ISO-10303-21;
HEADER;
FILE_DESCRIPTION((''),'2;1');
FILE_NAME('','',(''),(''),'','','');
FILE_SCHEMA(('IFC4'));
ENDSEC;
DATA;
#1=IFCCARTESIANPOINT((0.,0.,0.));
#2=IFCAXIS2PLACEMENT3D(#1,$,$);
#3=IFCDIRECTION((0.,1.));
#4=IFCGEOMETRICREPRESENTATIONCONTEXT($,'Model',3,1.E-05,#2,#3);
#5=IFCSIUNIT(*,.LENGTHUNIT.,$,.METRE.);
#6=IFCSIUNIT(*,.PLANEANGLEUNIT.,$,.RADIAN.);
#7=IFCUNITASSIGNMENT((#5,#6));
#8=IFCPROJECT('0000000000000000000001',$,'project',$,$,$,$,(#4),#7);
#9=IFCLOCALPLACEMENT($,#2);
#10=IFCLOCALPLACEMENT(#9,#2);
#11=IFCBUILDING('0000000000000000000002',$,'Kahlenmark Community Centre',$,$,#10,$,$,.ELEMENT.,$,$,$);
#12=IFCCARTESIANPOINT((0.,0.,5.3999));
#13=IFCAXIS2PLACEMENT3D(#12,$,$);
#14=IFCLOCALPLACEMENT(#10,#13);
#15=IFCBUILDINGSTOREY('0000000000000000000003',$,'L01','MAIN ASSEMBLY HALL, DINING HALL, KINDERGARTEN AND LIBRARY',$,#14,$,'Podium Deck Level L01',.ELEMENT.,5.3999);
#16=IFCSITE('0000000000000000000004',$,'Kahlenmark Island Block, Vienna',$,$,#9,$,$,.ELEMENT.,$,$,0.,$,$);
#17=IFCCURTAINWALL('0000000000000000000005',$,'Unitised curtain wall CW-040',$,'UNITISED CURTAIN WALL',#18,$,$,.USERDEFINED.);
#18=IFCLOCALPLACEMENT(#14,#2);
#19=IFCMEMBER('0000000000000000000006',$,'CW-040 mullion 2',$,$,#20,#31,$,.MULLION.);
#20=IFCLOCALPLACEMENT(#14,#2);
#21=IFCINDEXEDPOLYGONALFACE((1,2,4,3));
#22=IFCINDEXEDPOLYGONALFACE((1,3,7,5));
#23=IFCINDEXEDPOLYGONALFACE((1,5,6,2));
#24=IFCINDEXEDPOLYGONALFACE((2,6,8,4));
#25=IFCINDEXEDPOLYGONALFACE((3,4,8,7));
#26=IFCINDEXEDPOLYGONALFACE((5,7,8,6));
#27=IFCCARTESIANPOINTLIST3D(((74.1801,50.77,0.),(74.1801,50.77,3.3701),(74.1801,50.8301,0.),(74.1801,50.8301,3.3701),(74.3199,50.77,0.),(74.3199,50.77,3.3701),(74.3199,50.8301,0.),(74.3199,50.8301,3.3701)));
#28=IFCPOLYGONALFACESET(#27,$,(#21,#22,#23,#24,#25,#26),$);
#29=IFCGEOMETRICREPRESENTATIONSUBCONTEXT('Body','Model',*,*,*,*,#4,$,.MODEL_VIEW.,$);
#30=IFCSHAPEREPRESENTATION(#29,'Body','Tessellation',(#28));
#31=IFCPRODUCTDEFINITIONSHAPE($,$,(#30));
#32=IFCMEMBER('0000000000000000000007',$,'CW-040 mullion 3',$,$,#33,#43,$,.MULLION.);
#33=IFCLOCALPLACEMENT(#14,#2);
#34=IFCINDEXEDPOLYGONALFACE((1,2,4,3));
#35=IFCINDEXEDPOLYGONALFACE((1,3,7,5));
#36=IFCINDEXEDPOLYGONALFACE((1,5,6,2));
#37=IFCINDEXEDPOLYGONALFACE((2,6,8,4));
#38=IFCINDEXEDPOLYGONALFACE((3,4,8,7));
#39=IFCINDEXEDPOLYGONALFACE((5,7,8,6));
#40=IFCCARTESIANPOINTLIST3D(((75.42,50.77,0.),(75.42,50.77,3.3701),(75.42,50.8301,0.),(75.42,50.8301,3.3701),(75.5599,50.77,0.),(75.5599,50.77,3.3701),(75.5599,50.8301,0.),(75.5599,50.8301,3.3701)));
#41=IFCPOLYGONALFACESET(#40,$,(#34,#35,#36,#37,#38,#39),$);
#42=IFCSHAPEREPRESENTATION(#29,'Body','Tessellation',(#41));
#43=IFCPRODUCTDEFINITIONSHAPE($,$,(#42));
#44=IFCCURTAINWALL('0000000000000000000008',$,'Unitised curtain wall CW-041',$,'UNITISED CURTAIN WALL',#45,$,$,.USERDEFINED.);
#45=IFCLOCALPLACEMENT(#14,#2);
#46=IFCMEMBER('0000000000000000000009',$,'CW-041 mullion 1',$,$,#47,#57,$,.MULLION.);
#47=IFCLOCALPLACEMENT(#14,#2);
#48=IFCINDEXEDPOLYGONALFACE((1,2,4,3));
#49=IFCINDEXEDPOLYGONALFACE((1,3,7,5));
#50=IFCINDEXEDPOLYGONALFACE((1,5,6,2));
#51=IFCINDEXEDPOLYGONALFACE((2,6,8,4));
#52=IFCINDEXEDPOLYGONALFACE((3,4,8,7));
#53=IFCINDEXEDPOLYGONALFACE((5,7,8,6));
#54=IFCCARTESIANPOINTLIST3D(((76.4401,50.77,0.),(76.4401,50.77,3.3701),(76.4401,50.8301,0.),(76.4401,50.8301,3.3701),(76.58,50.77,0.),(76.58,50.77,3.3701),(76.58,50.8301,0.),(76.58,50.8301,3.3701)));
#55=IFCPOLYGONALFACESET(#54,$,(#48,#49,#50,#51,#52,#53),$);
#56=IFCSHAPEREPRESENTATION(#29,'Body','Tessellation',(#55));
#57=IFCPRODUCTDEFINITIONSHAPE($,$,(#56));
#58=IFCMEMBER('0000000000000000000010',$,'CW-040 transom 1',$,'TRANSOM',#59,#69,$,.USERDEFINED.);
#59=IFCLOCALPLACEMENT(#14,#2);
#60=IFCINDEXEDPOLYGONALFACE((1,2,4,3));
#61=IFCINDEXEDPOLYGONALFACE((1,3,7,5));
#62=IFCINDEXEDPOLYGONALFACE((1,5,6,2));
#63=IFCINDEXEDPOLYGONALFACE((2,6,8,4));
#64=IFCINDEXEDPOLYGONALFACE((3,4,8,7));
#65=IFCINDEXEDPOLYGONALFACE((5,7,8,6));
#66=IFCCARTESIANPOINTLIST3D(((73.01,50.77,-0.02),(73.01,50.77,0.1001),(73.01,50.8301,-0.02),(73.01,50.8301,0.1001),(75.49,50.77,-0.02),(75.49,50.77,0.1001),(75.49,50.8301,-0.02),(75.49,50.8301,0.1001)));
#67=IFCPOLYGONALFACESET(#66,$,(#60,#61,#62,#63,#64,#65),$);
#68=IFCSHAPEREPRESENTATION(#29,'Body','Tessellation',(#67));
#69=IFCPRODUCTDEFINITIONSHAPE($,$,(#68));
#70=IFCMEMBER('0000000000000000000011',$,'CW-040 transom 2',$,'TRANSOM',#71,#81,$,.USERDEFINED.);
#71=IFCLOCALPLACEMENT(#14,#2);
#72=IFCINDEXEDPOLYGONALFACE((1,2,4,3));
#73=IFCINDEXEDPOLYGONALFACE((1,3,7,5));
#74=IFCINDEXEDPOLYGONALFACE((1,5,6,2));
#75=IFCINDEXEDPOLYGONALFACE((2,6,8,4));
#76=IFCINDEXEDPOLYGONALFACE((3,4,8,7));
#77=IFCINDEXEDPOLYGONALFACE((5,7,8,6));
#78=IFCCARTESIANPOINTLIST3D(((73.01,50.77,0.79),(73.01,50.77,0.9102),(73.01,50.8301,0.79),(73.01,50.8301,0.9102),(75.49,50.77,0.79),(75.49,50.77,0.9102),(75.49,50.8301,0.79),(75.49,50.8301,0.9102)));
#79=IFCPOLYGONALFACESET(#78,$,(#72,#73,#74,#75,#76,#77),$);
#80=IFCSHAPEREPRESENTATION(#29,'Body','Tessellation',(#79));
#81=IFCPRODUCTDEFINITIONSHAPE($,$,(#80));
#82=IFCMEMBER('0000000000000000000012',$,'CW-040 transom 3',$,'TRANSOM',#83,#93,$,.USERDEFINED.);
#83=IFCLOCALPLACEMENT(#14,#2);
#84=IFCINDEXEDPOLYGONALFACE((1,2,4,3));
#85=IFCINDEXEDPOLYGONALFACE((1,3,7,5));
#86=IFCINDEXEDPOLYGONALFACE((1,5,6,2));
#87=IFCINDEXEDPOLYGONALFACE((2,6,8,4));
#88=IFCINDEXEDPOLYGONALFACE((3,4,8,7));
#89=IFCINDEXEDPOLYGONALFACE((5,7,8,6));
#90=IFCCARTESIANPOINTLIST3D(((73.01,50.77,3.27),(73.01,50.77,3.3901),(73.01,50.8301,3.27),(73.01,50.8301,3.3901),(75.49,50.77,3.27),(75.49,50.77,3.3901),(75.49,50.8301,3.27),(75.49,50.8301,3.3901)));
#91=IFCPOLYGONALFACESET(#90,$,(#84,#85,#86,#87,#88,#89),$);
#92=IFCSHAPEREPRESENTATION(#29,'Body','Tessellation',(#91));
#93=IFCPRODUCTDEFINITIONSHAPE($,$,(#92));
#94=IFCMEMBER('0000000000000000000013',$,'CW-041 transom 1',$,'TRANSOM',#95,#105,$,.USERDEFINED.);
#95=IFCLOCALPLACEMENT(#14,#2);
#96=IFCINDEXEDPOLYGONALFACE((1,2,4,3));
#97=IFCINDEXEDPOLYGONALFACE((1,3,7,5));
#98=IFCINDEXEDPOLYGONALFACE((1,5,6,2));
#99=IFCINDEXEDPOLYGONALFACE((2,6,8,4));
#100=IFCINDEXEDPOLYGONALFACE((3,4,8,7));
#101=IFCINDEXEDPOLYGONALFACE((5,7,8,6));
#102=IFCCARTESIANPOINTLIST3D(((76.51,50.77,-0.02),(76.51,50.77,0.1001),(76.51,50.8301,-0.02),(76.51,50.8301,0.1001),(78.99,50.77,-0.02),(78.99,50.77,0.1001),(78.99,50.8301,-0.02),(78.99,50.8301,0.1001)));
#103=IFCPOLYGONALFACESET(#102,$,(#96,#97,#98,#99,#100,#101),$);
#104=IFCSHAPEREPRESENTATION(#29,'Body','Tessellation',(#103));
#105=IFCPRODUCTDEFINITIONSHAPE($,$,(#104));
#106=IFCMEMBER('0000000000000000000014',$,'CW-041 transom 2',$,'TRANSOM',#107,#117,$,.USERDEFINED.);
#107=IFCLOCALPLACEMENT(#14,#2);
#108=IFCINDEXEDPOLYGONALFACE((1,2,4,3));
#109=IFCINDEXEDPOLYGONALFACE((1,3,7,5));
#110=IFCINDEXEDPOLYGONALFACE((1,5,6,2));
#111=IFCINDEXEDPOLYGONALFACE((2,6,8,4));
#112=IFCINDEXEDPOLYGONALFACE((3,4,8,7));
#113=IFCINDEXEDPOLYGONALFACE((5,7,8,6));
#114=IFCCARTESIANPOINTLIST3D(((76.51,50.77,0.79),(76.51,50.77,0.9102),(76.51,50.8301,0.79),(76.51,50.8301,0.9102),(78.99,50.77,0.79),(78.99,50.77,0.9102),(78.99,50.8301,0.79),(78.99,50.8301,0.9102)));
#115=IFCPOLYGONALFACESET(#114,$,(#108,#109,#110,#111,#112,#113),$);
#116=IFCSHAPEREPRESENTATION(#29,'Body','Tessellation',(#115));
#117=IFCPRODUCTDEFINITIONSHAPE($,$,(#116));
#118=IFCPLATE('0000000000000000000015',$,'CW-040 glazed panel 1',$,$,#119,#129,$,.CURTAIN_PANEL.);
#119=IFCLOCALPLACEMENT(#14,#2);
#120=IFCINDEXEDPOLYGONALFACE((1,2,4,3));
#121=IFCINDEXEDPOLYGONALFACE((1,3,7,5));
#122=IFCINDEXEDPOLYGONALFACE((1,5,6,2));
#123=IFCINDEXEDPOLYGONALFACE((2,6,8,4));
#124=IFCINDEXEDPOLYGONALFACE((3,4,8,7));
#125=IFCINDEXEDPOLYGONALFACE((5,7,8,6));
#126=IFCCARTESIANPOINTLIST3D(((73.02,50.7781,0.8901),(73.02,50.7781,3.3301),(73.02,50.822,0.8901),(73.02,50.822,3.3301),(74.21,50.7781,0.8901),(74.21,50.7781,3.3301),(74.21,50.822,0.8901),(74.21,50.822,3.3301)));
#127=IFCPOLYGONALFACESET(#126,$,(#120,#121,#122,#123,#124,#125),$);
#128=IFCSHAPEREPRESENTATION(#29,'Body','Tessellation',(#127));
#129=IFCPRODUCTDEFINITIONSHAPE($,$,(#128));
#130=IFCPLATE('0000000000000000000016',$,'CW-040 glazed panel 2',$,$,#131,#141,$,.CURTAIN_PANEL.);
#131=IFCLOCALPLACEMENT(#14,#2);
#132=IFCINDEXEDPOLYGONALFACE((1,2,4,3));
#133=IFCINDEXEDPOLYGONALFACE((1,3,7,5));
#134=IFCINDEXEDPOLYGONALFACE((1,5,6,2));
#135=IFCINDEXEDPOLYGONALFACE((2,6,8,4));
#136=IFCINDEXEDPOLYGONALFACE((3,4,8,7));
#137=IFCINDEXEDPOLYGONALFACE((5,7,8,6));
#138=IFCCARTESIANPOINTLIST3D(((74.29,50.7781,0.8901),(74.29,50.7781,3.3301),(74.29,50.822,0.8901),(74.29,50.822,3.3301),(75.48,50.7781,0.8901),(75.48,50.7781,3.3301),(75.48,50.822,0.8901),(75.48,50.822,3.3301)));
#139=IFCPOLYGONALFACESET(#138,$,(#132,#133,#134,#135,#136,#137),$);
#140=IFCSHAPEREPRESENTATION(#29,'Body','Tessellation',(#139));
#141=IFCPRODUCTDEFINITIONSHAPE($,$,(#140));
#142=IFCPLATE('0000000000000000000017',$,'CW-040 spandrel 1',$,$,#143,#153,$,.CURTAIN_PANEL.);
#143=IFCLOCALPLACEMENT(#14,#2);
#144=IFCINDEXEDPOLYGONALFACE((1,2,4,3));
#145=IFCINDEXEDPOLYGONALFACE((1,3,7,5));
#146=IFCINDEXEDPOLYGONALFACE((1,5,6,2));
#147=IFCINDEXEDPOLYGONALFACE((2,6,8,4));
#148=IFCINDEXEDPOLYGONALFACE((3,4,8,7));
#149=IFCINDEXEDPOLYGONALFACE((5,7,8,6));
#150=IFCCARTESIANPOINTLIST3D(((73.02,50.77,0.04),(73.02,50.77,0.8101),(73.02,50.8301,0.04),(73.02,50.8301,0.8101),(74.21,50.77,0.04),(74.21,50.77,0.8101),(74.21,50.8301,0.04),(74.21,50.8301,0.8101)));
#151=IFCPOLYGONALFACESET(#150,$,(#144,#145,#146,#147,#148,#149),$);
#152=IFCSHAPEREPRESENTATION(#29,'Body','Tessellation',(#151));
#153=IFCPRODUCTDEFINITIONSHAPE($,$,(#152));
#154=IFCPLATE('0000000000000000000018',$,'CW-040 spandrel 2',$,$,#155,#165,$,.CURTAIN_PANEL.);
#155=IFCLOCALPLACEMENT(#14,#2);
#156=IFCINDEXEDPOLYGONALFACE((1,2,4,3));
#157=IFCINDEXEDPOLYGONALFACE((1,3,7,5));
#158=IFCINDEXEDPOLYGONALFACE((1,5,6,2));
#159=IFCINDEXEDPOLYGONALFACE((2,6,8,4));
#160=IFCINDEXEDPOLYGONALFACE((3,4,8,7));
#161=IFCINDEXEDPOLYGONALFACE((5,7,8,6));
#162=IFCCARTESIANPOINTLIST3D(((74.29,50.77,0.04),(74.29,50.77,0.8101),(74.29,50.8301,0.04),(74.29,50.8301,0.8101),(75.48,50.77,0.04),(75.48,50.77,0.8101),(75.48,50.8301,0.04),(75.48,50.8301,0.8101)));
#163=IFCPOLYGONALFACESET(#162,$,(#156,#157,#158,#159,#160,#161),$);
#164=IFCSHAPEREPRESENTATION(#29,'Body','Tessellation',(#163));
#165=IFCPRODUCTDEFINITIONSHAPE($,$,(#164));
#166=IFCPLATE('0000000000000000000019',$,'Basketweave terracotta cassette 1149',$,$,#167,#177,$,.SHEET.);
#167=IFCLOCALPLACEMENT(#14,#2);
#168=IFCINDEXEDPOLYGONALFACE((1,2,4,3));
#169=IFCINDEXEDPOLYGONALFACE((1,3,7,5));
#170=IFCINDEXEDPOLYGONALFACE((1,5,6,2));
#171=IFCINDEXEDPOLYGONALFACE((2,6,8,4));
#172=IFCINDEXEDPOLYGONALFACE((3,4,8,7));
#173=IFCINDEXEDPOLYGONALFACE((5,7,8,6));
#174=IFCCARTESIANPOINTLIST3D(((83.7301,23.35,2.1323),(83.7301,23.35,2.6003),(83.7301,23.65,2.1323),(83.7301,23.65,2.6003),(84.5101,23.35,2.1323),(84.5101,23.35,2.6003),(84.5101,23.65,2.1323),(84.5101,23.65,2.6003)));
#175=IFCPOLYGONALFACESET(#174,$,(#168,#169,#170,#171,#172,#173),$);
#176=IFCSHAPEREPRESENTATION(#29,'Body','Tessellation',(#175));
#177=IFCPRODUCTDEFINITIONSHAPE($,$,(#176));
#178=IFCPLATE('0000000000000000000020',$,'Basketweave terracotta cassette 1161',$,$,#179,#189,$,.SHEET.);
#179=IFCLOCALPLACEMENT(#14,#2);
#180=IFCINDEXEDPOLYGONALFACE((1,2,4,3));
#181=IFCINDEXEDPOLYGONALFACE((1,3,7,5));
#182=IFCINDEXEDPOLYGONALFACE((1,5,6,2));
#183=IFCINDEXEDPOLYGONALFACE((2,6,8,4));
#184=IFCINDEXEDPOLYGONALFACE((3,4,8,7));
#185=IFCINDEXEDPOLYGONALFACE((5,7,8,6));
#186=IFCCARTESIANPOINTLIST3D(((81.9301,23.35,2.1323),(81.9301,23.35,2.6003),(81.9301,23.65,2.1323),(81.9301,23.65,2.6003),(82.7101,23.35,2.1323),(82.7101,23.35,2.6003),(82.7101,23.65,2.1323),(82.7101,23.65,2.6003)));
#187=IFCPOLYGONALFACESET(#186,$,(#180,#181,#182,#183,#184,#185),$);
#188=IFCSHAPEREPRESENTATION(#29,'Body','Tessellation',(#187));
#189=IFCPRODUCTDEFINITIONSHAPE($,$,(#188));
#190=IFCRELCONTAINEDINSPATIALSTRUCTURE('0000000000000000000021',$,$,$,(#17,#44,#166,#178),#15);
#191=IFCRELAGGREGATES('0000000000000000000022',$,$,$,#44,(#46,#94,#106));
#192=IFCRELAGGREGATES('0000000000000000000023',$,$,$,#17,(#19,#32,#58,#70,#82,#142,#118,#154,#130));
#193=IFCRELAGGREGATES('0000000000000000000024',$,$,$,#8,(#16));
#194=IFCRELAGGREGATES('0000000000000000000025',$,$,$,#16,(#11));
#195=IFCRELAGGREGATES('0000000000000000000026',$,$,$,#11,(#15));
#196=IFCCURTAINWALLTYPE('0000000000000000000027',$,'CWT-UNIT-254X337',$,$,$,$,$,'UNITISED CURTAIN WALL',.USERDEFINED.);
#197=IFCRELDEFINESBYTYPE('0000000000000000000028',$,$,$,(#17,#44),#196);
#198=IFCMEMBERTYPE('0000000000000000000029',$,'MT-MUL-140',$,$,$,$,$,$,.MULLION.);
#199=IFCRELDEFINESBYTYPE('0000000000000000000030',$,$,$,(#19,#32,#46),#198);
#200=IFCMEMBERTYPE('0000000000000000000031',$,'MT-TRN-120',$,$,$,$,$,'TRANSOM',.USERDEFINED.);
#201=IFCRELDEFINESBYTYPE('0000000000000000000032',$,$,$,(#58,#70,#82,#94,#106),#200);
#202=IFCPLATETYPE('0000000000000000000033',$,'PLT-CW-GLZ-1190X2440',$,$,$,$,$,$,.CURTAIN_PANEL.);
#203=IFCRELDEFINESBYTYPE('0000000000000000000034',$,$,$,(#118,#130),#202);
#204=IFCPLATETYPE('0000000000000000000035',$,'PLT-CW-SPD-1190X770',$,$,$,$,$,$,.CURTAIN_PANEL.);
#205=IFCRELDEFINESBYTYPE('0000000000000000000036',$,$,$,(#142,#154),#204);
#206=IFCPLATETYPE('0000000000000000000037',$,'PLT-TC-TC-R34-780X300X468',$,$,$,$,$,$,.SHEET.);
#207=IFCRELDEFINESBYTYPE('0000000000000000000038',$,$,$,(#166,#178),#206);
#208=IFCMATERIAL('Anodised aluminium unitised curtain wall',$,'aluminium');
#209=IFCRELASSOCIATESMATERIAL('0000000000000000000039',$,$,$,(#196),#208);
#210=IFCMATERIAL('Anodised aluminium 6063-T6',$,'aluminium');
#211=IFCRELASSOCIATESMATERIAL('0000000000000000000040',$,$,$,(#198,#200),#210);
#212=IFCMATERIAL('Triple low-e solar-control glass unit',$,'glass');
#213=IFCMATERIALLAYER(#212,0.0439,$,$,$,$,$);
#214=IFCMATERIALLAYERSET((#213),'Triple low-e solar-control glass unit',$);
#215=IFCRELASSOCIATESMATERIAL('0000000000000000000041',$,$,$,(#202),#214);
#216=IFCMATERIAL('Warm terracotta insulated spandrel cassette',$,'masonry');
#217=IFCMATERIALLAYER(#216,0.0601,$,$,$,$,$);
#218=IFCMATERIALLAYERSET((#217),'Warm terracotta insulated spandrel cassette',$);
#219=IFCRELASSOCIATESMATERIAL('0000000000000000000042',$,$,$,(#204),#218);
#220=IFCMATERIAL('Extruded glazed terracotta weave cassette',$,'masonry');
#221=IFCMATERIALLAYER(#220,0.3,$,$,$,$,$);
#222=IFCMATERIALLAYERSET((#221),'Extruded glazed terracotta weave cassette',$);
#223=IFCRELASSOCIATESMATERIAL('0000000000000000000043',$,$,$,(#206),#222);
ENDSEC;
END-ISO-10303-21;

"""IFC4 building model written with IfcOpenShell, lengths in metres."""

from ifc_helpers import new_model, si_unit, direction, frame, origin, origin_2d, place, context, subcontext, project, spatial, rectangle, extrude, material, layer, layer_set, material_profile, profile_set, type_object, element, aggregate, save


model = new_model("IFC4")

# Units and contexts
model_context = context("Model", 3, precision=1e-05, world=origin(), true_north=direction((0.0, 1.0)))
body_context = subcontext(model_context, "Body", "Model", "MODEL_VIEW")
ifc_project = project(units=[si_unit("LENGTHUNIT", "METRE"), si_unit("PLANEANGLEUNIT", "RADIAN")], contexts=[model_context])

# Site, building, storey
site_placement = place(None, origin())
site = spatial("IfcSite", under=ifc_project, at=site_placement, Name="Kahlenmark Island Block, Vienna", CompositionType="ELEMENT", RefElevation=0.0)
building_placement = place(site_placement, origin())
building = spatial("IfcBuilding", under=site, at=building_placement, Name="Kahlenmark Community Centre", CompositionType="ELEMENT")
storey_placement = place(building_placement, frame((0.0, 0.0, 5.3999)))
storey = spatial("IfcBuildingStorey", under=building, at=storey_placement, Name="L01", Description="MAIN ASSEMBLY HALL, DINING HALL, KINDERGARTEN AND LIBRARY", LongName="Podium Deck Level L01", CompositionType="ELEMENT", Elevation=5.3999)

# Curtain wall, members
ifc_material_1 = material(Name="Anodised aluminium unitised curtain wall", Category="aluminium")
curtain_wall_type = type_object("IfcCurtainWallType", Name="CWT-UNIT-254X337", ElementType="UNITISED CURTAIN WALL", PredefinedType="USERDEFINED", material=ifc_material_1)
curtain_wall_1_placement = place(storey_placement, origin())
curtain_wall_1 = element("IfcCurtainWall", 1, at=curtain_wall_1_placement, inside=storey, type_object=curtain_wall_type, Name="Unitised curtain wall CW-040", ObjectType="UNITISED CURTAIN WALL", PredefinedType="USERDEFINED")
ifc_material_2 = material(Name="Anodised aluminium 6063-T6", Category="aluminium")
ifc_material_profile_1 = material_profile(ifc_material_2, rectangle(XDim=0.0601, YDim=0.1399, at=origin_2d()), Name="ALU MULLION 60x140")
ifc_profile_set_1 = profile_set([ifc_material_profile_1], Name="Anodised aluminium 6063-T6")
member_type_1 = type_object("IfcMemberType", Name="MT-MUL-140", PredefinedType="MULLION", material=ifc_profile_set_1)
member_1_placement = place(storey_placement, frame((74.25, 50.8, 0.0), z_axis=(0.0, 0.0, 1.0), x_axis=(0.0, 1.0, 0.0)))
member_1 = element("IfcMember", 2, at=member_1_placement, type_object=member_type_1, Name="CW-040 mullion 2", PredefinedType="MULLION", context=body_context, shape_type="SweptSolid", body=[
    extrude(rectangle(XDim=0.0601, YDim=0.1399, at=origin_2d()), origin(), (0.0, 0.0, 1.0), 3.3701),
])
member_2_placement = place(storey_placement, frame((75.49, 50.8, 0.0), z_axis=(0.0, 0.0, 1.0), x_axis=(0.0, 1.0, 0.0)))
member_2 = element("IfcMember", 3, at=member_2_placement, type_object=member_type_1, Name="CW-040 mullion 3", PredefinedType="MULLION", context=body_context, shape_type="SweptSolid", body=[
    extrude(rectangle(XDim=0.0601, YDim=0.1399, at=origin_2d()), origin(), (0.0, 0.0, 1.0), 3.3701),
])

# Curtain wall, member
curtain_wall_2_placement = place(storey_placement, origin())
curtain_wall_2 = element("IfcCurtainWall", 4, at=curtain_wall_2_placement, inside=storey, type_object=curtain_wall_type, Name="Unitised curtain wall CW-041", ObjectType="UNITISED CURTAIN WALL", PredefinedType="USERDEFINED")
member_3_placement = place(storey_placement, frame((76.51, 50.8, 0.0), z_axis=(0.0, 0.0, 1.0), x_axis=(0.0, 1.0, 0.0)))
member_3 = element("IfcMember", 5, at=member_3_placement, type_object=member_type_1, Name="CW-041 mullion 1", PredefinedType="MULLION", context=body_context, shape_type="SweptSolid", body=[
    extrude(rectangle(XDim=0.0601, YDim=0.1399, at=origin_2d()), origin(), (0.0, 0.0, 1.0), 3.3701),
])

# Members
ifc_material_profile_2 = material_profile(ifc_material_2, rectangle(XDim=0.0601, YDim=0.1201, at=origin_2d()), Name="ALU TRANSOM 60x120")
ifc_profile_set_2 = profile_set([ifc_material_profile_2], Name="Anodised aluminium 6063-T6")
member_type_2 = type_object("IfcMemberType", Name="MT-TRN-120", ElementType="TRANSOM", PredefinedType="USERDEFINED", material=ifc_profile_set_2)
member_4_placement = place(storey_placement, frame((73.01, 50.8, 0.04), z_axis=(1.0, 0.0, 0.0), x_axis=(0.0, 1.0, 0.0)))
member_4 = element("IfcMember", 6, at=member_4_placement, type_object=member_type_2, Name="CW-040 transom 1", ObjectType="TRANSOM", PredefinedType="USERDEFINED", context=body_context, shape_type="SweptSolid", body=[
    extrude(rectangle(XDim=0.0601, YDim=0.1201, at=origin_2d()), origin(), (0.0, 0.0, 1.0), 2.48),
])
member_5_placement = place(storey_placement, frame((73.01, 50.8, 0.8501), z_axis=(1.0, 0.0, 0.0), x_axis=(0.0, 1.0, 0.0)))
member_5 = element("IfcMember", 7, at=member_5_placement, type_object=member_type_2, Name="CW-040 transom 2", ObjectType="TRANSOM", PredefinedType="USERDEFINED", context=body_context, shape_type="SweptSolid", body=[
    extrude(rectangle(XDim=0.0601, YDim=0.1201, at=origin_2d()), origin(), (0.0, 0.0, 1.0), 2.48),
])
member_6_placement = place(storey_placement, frame((73.01, 50.8, 3.3301), z_axis=(1.0, 0.0, 0.0), x_axis=(0.0, 1.0, 0.0)))
member_6 = element("IfcMember", 8, at=member_6_placement, type_object=member_type_2, Name="CW-040 transom 3", ObjectType="TRANSOM", PredefinedType="USERDEFINED", context=body_context, shape_type="SweptSolid", body=[
    extrude(rectangle(XDim=0.0601, YDim=0.1201, at=origin_2d()), origin(), (0.0, 0.0, 1.0), 2.48),
])
member_7_placement = place(storey_placement, frame((76.51, 50.8, 0.04), z_axis=(1.0, 0.0, 0.0), x_axis=(0.0, 1.0, 0.0)))
member_7 = element("IfcMember", 9, at=member_7_placement, type_object=member_type_2, Name="CW-041 transom 1", ObjectType="TRANSOM", PredefinedType="USERDEFINED", context=body_context, shape_type="SweptSolid", body=[
    extrude(rectangle(XDim=0.0601, YDim=0.1201, at=origin_2d()), origin(), (0.0, 0.0, 1.0), 2.48),
])
member_8_placement = place(storey_placement, frame((76.51, 50.8, 0.8501), z_axis=(1.0, 0.0, 0.0), x_axis=(0.0, 1.0, 0.0)))
member_8 = element("IfcMember", 10, at=member_8_placement, type_object=member_type_2, Name="CW-041 transom 2", ObjectType="TRANSOM", PredefinedType="USERDEFINED", context=body_context, shape_type="SweptSolid", body=[
    extrude(rectangle(XDim=0.0601, YDim=0.1201, at=origin_2d()), origin(), (0.0, 0.0, 1.0), 2.48),
])
aggregate(curtain_wall_2, [member_3, member_7, member_8])

# Plates
ifc_material_3 = material(Name="Triple low-e solar-control glass unit", Category="glass")
ifc_layer_1 = layer(ifc_material_3, 0.0439)
ifc_layer_set_1 = layer_set([ifc_layer_1], Name="Triple low-e solar-control glass unit")
plate_type_1 = type_object("IfcPlateType", Name="PLT-CW-GLZ-1190X2440", PredefinedType="CURTAIN_PANEL", material=ifc_layer_set_1)
plate_1_placement = place(storey_placement, frame((73.615, 50.8, 0.8901), z_axis=(0.0, 0.0, 1.0), x_axis=(1.0, 0.0, 0.0)))
plate_1 = element("IfcPlate", 11, at=plate_1_placement, type_object=plate_type_1, Name="CW-040 glazed panel 1", PredefinedType="CURTAIN_PANEL", context=body_context, shape_type="SweptSolid", body=[
    extrude(rectangle(XDim=1.1899, YDim=0.0439, at=origin_2d()), origin(), (0.0, 0.0, 1.0), 2.4399),
])
plate_2_placement = place(storey_placement, frame((74.885, 50.8, 0.8901), z_axis=(0.0, 0.0, 1.0), x_axis=(1.0, 0.0, 0.0)))
plate_2 = element("IfcPlate", 12, at=plate_2_placement, type_object=plate_type_1, Name="CW-040 glazed panel 2", PredefinedType="CURTAIN_PANEL", context=body_context, shape_type="SweptSolid", body=[
    extrude(rectangle(XDim=1.1899, YDim=0.0439, at=origin_2d()), origin(), (0.0, 0.0, 1.0), 2.4399),
])
ifc_material_4 = material(Name="Warm terracotta insulated spandrel cassette", Category="masonry")
ifc_layer_2 = layer(ifc_material_4, 0.0601)
ifc_layer_set_2 = layer_set([ifc_layer_2], Name="Warm terracotta insulated spandrel cassette")
plate_type_2 = type_object("IfcPlateType", Name="PLT-CW-SPD-1190X770", PredefinedType="CURTAIN_PANEL", material=ifc_layer_set_2)
plate_3_placement = place(storey_placement, frame((73.615, 50.8, 0.04), z_axis=(0.0, 0.0, 1.0), x_axis=(1.0, 0.0, 0.0)))
plate_3 = element("IfcPlate", 13, at=plate_3_placement, type_object=plate_type_2, Name="CW-040 spandrel 1", PredefinedType="CURTAIN_PANEL", context=body_context, shape_type="SweptSolid", body=[
    extrude(rectangle(XDim=1.1899, YDim=0.0601, at=origin_2d()), origin(), (0.0, 0.0, 1.0), 0.77),
])
plate_4_placement = place(storey_placement, frame((74.885, 50.8, 0.04), z_axis=(0.0, 0.0, 1.0), x_axis=(1.0, 0.0, 0.0)))
plate_4 = element("IfcPlate", 14, at=plate_4_placement, type_object=plate_type_2, Name="CW-040 spandrel 2", PredefinedType="CURTAIN_PANEL", context=body_context, shape_type="SweptSolid", body=[
    extrude(rectangle(XDim=1.1899, YDim=0.0601, at=origin_2d()), origin(), (0.0, 0.0, 1.0), 0.77),
])
aggregate(curtain_wall_1, [member_1, member_2, member_4, member_5, member_6, plate_3, plate_1, plate_4, plate_2])

# Plates
ifc_material_5 = material(Name="Extruded glazed terracotta weave cassette", Category="masonry")
ifc_layer_3 = layer(ifc_material_5, 0.3)
ifc_layer_set_3 = layer_set([ifc_layer_3], Name="Extruded glazed terracotta weave cassette")
plate_type_3 = type_object("IfcPlateType", Name="PLT-TC-TC-R34-780X300X468", PredefinedType="SHEET", material=ifc_layer_set_3)
for number, where, z_axis, x_axis, name in (
    (15, (84.1201, 23.5, 2.1323), (0.0, 0.0, 1.0), (-1.0, 0.0, 0.0), "Basketweave terracotta cassette 1149"),
    (16, (82.3201, 23.5, 2.1323), (0.0, 0.0, 1.0), (-1.0, 0.0, 0.0), "Basketweave terracotta cassette 1161"),
):
    element("IfcPlate", number, at=place(storey_placement, frame(where, z_axis=z_axis, x_axis=x_axis)), inside=storey, type_object=plate_type_3, Name=name, PredefinedType="SHEET", context=body_context, shape_type="SweptSolid", body=[
        extrude(rectangle(XDim=0.78, YDim=0.3, at=origin_2d()), origin(), (0.0, 0.0, 1.0), 0.468),
    ])

save(model, "model.ifc")
